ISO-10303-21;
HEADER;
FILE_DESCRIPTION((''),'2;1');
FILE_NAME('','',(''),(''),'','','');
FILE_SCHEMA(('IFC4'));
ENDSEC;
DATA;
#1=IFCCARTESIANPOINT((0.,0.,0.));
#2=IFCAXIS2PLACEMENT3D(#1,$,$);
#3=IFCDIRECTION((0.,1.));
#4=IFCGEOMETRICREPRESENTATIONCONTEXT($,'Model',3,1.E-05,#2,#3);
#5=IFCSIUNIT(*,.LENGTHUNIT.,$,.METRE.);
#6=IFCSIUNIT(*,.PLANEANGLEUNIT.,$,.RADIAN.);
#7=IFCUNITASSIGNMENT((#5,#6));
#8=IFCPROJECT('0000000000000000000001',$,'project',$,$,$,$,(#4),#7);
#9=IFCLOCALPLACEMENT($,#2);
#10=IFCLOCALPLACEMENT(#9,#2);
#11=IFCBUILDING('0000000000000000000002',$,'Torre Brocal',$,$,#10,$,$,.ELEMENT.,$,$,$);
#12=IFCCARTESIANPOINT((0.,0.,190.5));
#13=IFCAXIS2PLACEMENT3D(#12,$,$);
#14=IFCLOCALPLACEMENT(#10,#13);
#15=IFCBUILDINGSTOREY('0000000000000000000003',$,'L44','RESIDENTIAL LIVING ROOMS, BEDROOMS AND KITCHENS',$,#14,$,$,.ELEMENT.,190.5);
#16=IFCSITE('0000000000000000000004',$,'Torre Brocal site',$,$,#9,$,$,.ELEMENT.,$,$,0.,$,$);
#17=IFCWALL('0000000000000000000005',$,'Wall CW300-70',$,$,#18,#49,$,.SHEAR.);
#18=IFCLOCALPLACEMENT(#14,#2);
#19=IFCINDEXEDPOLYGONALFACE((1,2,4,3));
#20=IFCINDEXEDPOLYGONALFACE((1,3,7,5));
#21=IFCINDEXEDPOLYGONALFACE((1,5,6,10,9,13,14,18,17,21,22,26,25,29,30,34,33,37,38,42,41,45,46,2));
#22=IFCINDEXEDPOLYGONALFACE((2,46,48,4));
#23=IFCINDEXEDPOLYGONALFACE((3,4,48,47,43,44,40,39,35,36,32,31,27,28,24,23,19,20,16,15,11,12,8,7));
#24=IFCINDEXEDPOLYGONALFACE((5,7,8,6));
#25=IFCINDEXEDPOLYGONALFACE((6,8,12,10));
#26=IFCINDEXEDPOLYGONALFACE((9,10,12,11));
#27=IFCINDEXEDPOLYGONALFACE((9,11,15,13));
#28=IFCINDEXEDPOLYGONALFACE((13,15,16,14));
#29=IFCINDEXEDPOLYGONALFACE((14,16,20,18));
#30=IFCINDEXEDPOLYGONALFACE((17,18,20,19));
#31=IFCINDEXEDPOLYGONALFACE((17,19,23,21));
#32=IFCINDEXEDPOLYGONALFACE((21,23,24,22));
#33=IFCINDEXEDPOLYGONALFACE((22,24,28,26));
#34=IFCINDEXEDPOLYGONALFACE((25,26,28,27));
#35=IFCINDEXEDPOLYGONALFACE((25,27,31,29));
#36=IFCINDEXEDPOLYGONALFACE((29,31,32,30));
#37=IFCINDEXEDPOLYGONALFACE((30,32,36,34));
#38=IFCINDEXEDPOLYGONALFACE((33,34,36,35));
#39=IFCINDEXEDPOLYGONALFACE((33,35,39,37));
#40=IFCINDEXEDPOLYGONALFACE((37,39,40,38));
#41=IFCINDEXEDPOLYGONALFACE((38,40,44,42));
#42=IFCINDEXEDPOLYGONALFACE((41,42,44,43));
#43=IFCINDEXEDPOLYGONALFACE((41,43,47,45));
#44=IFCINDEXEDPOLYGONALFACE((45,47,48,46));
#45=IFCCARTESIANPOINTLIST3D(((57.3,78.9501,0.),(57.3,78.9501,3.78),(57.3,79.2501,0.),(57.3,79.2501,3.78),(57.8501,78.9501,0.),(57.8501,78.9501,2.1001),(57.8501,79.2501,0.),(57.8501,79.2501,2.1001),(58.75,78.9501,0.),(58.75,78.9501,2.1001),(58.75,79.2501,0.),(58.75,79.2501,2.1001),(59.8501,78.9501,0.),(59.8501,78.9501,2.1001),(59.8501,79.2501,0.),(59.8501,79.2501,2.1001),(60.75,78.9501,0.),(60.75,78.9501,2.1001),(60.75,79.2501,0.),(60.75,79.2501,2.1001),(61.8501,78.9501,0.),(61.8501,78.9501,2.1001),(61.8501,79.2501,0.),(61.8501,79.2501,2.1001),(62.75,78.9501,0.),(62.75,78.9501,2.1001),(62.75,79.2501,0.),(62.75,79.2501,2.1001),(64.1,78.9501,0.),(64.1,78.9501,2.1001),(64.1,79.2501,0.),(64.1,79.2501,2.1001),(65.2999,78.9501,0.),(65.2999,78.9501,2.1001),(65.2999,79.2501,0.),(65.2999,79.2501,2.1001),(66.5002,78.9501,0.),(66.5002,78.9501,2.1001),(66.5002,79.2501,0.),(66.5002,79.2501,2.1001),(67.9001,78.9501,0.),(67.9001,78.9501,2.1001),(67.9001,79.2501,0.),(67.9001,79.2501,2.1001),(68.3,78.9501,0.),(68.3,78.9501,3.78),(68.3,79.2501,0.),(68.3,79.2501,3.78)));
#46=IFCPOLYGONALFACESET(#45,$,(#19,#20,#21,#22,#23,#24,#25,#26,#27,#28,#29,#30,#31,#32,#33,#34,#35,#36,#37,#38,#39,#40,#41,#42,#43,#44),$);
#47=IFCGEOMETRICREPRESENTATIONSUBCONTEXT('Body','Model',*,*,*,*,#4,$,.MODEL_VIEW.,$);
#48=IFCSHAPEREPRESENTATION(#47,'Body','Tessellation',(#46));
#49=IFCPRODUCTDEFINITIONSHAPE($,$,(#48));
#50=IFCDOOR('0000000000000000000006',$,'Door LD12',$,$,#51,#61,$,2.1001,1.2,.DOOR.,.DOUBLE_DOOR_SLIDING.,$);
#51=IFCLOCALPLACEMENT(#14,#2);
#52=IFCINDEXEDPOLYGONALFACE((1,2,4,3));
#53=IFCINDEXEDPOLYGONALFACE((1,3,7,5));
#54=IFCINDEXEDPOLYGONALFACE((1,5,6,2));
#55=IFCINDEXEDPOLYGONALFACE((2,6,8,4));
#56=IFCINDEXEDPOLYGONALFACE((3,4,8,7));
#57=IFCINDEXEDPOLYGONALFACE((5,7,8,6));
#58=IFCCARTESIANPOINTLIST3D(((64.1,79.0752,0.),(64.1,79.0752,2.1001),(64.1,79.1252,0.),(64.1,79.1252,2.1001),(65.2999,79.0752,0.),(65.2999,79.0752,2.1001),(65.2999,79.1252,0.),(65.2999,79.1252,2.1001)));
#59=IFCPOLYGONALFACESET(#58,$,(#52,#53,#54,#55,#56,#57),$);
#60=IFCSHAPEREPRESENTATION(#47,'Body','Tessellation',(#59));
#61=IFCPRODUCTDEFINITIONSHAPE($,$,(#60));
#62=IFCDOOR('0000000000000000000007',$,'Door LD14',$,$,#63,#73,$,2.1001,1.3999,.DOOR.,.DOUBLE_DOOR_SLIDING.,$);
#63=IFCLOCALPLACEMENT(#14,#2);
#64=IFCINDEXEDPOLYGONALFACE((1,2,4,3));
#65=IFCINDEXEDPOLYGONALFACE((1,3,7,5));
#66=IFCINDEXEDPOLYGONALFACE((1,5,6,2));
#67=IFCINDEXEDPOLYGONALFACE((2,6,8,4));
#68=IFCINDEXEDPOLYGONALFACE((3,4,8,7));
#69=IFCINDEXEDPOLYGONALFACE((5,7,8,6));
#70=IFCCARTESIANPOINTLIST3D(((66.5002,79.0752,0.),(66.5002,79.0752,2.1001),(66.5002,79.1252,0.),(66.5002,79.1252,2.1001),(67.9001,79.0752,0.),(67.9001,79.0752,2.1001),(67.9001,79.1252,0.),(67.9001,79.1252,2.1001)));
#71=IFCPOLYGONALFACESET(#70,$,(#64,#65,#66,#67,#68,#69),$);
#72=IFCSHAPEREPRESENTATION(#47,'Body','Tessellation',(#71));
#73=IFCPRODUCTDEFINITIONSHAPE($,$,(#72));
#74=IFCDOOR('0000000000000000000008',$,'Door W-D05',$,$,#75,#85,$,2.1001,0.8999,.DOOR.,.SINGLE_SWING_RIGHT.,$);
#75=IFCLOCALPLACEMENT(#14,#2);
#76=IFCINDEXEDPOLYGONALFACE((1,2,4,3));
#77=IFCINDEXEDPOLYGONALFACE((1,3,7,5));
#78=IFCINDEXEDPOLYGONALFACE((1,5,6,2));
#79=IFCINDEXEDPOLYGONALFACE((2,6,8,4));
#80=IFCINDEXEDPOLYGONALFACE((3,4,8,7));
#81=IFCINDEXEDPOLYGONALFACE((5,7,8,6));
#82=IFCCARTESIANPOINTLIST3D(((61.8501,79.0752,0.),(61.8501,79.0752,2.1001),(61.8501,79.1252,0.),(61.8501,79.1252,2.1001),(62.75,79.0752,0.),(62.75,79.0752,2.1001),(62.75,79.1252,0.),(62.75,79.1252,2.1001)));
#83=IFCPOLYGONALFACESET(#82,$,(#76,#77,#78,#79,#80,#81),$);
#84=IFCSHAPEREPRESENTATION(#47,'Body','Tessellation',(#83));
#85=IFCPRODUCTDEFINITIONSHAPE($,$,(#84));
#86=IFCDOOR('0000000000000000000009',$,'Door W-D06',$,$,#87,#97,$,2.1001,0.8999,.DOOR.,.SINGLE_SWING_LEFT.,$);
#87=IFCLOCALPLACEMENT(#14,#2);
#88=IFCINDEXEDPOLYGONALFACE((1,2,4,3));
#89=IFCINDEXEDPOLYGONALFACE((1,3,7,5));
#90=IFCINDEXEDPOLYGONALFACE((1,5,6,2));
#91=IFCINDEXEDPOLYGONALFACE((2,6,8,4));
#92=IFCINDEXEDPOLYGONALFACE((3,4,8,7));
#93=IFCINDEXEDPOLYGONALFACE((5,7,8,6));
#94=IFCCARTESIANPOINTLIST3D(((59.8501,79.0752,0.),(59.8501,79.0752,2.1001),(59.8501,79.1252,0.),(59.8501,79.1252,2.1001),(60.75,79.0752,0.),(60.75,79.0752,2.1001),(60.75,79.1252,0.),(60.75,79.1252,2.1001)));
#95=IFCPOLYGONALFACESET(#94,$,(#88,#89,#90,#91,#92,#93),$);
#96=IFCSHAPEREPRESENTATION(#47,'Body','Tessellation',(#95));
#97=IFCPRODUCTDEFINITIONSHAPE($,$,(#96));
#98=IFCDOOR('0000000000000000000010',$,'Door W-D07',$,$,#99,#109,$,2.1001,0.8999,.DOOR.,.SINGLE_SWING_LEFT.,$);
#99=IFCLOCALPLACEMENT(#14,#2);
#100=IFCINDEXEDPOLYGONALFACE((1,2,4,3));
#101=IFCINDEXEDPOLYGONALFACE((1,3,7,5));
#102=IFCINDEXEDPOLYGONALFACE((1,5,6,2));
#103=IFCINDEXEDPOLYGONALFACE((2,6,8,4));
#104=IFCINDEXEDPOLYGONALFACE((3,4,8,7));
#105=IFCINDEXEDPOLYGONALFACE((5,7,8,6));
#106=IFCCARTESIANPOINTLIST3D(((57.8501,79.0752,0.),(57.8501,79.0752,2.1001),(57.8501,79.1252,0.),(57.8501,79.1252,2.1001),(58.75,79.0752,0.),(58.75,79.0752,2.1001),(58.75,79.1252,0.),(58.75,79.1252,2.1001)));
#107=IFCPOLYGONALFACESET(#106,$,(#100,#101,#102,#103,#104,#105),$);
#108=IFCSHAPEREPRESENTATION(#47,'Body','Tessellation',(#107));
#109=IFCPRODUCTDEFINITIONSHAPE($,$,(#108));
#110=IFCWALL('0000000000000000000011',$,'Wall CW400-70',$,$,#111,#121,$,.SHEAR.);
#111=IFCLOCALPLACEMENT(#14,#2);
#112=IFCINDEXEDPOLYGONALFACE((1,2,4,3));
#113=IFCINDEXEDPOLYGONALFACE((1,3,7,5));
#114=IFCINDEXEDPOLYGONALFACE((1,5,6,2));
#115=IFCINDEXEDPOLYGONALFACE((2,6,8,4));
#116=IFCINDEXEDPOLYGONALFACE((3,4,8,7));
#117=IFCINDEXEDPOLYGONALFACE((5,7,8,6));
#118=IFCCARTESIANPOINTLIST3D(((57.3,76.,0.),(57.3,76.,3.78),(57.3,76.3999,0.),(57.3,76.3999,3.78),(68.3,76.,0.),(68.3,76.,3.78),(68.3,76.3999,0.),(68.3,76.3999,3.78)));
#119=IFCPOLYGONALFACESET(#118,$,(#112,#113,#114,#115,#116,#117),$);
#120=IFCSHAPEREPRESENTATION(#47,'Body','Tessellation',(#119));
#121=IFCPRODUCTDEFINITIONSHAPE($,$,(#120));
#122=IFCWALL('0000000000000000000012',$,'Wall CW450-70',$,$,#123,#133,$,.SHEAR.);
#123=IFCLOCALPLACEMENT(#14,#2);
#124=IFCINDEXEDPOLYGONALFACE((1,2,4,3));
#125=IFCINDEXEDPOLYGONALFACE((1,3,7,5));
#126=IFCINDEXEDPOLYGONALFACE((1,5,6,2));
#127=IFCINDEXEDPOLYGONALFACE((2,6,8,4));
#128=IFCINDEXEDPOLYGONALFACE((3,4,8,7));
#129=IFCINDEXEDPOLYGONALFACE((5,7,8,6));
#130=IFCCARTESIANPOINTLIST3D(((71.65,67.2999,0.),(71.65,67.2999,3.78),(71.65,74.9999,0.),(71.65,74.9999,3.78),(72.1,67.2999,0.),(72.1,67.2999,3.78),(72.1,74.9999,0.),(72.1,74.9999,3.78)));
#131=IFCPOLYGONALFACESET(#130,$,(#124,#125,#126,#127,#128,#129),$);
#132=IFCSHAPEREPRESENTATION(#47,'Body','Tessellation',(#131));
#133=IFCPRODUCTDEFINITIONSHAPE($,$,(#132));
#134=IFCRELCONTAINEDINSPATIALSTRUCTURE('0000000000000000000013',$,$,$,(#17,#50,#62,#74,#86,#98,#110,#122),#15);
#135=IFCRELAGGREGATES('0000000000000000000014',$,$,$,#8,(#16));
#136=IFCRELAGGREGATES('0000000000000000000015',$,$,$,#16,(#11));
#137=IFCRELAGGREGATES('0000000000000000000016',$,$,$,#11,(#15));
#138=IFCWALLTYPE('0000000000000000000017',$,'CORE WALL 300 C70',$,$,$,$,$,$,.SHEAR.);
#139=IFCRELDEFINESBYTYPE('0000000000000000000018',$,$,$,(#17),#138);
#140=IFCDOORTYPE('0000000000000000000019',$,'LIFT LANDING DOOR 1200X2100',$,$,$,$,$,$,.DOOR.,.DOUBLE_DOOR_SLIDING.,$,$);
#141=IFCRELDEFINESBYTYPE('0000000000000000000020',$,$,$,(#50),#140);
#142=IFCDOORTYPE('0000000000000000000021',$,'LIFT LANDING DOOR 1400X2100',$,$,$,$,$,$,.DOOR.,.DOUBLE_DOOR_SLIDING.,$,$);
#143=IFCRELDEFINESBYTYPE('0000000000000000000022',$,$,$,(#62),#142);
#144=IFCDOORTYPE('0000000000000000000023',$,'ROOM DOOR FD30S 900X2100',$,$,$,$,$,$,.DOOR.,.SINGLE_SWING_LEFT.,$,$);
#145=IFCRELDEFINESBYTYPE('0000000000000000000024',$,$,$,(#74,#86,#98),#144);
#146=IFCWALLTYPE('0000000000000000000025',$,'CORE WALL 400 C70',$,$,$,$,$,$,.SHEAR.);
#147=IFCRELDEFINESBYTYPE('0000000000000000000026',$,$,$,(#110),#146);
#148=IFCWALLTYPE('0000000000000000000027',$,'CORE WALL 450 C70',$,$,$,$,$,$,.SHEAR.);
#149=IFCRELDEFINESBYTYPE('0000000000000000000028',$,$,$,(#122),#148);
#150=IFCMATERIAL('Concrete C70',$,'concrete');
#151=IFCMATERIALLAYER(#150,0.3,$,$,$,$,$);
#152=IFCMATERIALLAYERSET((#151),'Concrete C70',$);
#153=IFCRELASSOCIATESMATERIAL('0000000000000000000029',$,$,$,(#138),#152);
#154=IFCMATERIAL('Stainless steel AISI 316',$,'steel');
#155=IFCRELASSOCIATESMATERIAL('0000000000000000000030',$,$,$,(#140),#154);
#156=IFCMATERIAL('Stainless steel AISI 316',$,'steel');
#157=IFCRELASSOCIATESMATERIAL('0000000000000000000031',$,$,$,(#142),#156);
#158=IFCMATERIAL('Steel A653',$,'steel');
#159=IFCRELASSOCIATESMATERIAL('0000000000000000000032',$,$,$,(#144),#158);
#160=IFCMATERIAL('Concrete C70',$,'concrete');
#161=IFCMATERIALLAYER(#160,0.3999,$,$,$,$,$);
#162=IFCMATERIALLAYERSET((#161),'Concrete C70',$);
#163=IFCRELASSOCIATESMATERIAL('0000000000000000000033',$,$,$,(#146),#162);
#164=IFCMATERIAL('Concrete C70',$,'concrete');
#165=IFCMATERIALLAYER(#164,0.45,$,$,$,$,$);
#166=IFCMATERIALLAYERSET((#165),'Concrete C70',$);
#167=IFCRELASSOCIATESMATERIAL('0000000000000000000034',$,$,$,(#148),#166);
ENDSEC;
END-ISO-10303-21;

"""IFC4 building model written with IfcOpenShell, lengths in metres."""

from ifc_helpers import new_model, si_unit, direction, frame, frame_2d, origin, place, context, subcontext, project, spatial, rectangle, extrude, material, layer, layer_set, type_object, element, fill, save


model = new_model("IFC4")

# Units and contexts
model_context = context("Model", 3, precision=1e-05, world=origin(), true_north=direction((0.0, 1.0)))
body_context = subcontext(model_context, "Body", "Model", "MODEL_VIEW")
ifc_project = project(units=[si_unit("LENGTHUNIT", "METRE"), si_unit("PLANEANGLEUNIT", "RADIAN")], contexts=[model_context])

# Site, building, storey
site_placement = place(None, origin())
site = spatial("IfcSite", under=ifc_project, at=site_placement, Name="Torre Brocal site", CompositionType="ELEMENT", RefElevation=0.0)
building_placement = place(site_placement, origin())
building = spatial("IfcBuilding", under=site, at=building_placement, Name="Torre Brocal", CompositionType="ELEMENT")
storey_placement = place(building_placement, frame((0.0, 0.0, 190.5)))
storey = spatial("IfcBuildingStorey", under=building, at=storey_placement, Name="L44", Description="RESIDENTIAL LIVING ROOMS, BEDROOMS AND KITCHENS", CompositionType="ELEMENT", Elevation=190.5)

# Shared definitions
ifc_material_1 = material(Name="Concrete C70", Category="concrete")
ifc_layer_1 = layer(ifc_material_1, 0.3)
ifc_layer_set_1 = layer_set([ifc_layer_1], Name="Concrete C70")
wall_type_1 = type_object("IfcWallType", Name="CORE WALL 300 C70", PredefinedType="SHEAR", material=ifc_layer_set_1)

# Wall, openings, doors
wall_1_placement = place(storey_placement, frame((68.3, 79.1001, 0.0), z_axis=(0.0, 0.0, 1.0), x_axis=(-1.0, 0.0, 0.0)))
wall_1 = element("IfcWall", 1, at=wall_1_placement, inside=storey, type_object=wall_type_1, Name="Wall CW300-70", PredefinedType="SHEAR", context=body_context, shape_type="SweptSolid", body=[
    extrude(rectangle(XDim=11.0, YDim=0.3, at=frame_2d((5.5, 0.0))), origin(), (0.0, 0.0, 1.0), 3.78),
])
opening_1_placement = place(wall_1_placement, frame((0.3999, 0.0, 0.0)))
opening_1 = element("IfcOpeningElement", 2, at=opening_1_placement, cuts=wall_1, PredefinedType="OPENING", context=body_context, shape_type="SweptSolid", body=[
    extrude(rectangle(XDim=1.3999, YDim=2.1001, at=frame_2d((0.7, 1.05))), frame((0.0, 0.1599, 0.0), z_axis=(0.0, -1.0, 0.0), x_axis=(1.0, 0.0, 0.0)), (0.0, 0.0, 1.0), 0.3201),
])
opening_2_placement = place(wall_1_placement, frame((3.0, 0.0, 0.0)))
opening_2 = element("IfcOpeningElement", 3, at=opening_2_placement, cuts=wall_1, PredefinedType="OPENING", context=body_context, shape_type="SweptSolid", body=[
    extrude(rectangle(XDim=1.2, YDim=2.1001, at=frame_2d((0.6001, 1.05))), frame((0.0, 0.1599, 0.0), z_axis=(0.0, -1.0, 0.0), x_axis=(1.0, 0.0, 0.0)), (0.0, 0.0, 1.0), 0.3201),
])
opening_3_placement = place(wall_1_placement, frame((5.55, 0.0, 0.0)))
opening_3 = element("IfcOpeningElement", 4, at=opening_3_placement, cuts=wall_1, PredefinedType="OPENING", context=body_context, shape_type="SweptSolid", body=[
    extrude(rectangle(XDim=0.8999, YDim=2.1001, at=frame_2d((0.45, 1.05))), frame((0.0, 0.1599, 0.0), z_axis=(0.0, -1.0, 0.0), x_axis=(1.0, 0.0, 0.0)), (0.0, 0.0, 1.0), 0.3201),
])
opening_4_placement = place(wall_1_placement, frame((7.55, 0.0, 0.0)))
opening_4 = element("IfcOpeningElement", 5, at=opening_4_placement, cuts=wall_1, PredefinedType="OPENING", context=body_context, shape_type="SweptSolid", body=[
    extrude(rectangle(XDim=0.8999, YDim=2.1001, at=frame_2d((0.45, 1.05))), frame((0.0, 0.1599, 0.0), z_axis=(0.0, -1.0, 0.0), x_axis=(1.0, 0.0, 0.0)), (0.0, 0.0, 1.0), 0.3201),
])
opening_5_placement = place(wall_1_placement, frame((9.55, 0.0, 0.0)))
opening_5 = element("IfcOpeningElement", 6, at=opening_5_placement, cuts=wall_1, PredefinedType="OPENING", context=body_context, shape_type="SweptSolid", body=[
    extrude(rectangle(XDim=0.8999, YDim=2.1001, at=frame_2d((0.45, 1.05))), frame((0.0, 0.1599, 0.0), z_axis=(0.0, -1.0, 0.0), x_axis=(1.0, 0.0, 0.0)), (0.0, 0.0, 1.0), 0.3201),
])
ifc_material_2 = material(Name="Stainless steel AISI 316", Category="steel")
door_type_1 = type_object("IfcDoorType", Name="LIFT LANDING DOOR 1200X2100", OperationType="DOUBLE_DOOR_SLIDING", PredefinedType="DOOR", material=ifc_material_2)
door_1_placement = place(opening_2_placement, origin())
door_1 = element("IfcDoor", 7, at=door_1_placement, inside=storey, type_object=door_type_1, Name="Door LD12", OperationType="DOUBLE_DOOR_SLIDING", OverallHeight=2.1001, OverallWidth=1.2, PredefinedType="DOOR", context=body_context, shape_type="SweptSolid", body=[
    extrude(rectangle(XDim=1.2, YDim=2.1001, at=frame_2d((0.6001, 1.05))), frame((0.0, 0.0249, 0.0), z_axis=(0.0, -1.0, 0.0), x_axis=(1.0, 0.0, 0.0)), (0.0, 0.0, 1.0), 0.05),
])
fill(opening_2, door_1)
ifc_material_3 = material(Name="Stainless steel AISI 316", Category="steel")
door_type_2 = type_object("IfcDoorType", Name="LIFT LANDING DOOR 1400X2100", OperationType="DOUBLE_DOOR_SLIDING", PredefinedType="DOOR", material=ifc_material_3)
door_2_placement = place(opening_1_placement, origin())
door_2 = element("IfcDoor", 8, at=door_2_placement, inside=storey, type_object=door_type_2, Name="Door LD14", OperationType="DOUBLE_DOOR_SLIDING", OverallHeight=2.1001, OverallWidth=1.3999, PredefinedType="DOOR", context=body_context, shape_type="SweptSolid", body=[
    extrude(rectangle(XDim=1.3999, YDim=2.1001, at=frame_2d((0.7, 1.05))), frame((0.0, 0.0249, 0.0), z_axis=(0.0, -1.0, 0.0), x_axis=(1.0, 0.0, 0.0)), (0.0, 0.0, 1.0), 0.05),
])
fill(opening_1, door_2)
ifc_material_4 = material(Name="Steel A653", Category="steel")
door_type_3 = type_object("IfcDoorType", Name="ROOM DOOR FD30S 900X2100", OperationType="SINGLE_SWING_LEFT", PredefinedType="DOOR", material=ifc_material_4)
door_3_placement = place(opening_3_placement, origin())
door_3 = element("IfcDoor", 9, at=door_3_placement, inside=storey, type_object=door_type_3, Name="Door W-D05", OperationType="SINGLE_SWING_RIGHT", OverallHeight=2.1001, OverallWidth=0.8999, PredefinedType="DOOR", context=body_context, shape_type="SweptSolid", body=[
    extrude(rectangle(XDim=0.8999, YDim=2.1001, at=frame_2d((0.45, 1.05))), frame((0.0, 0.0249, 0.0), z_axis=(0.0, -1.0, 0.0), x_axis=(1.0, 0.0, 0.0)), (0.0, 0.0, 1.0), 0.05),
])
fill(opening_3, door_3)
door_4_placement = place(opening_4_placement, origin())
door_4 = element("IfcDoor", 10, at=door_4_placement, inside=storey, type_object=door_type_3, Name="Door W-D06", OperationType="SINGLE_SWING_LEFT", OverallHeight=2.1001, OverallWidth=0.8999, PredefinedType="DOOR", context=body_context, shape_type="SweptSolid", body=[
    extrude(rectangle(XDim=0.8999, YDim=2.1001, at=frame_2d((0.45, 1.05))), frame((0.0, 0.0249, 0.0), z_axis=(0.0, -1.0, 0.0), x_axis=(1.0, 0.0, 0.0)), (0.0, 0.0, 1.0), 0.05),
])
fill(opening_4, door_4)
door_5_placement = place(opening_5_placement, origin())
door_5 = element("IfcDoor", 11, at=door_5_placement, inside=storey, type_object=door_type_3, Name="Door W-D07", OperationType="SINGLE_SWING_LEFT", OverallHeight=2.1001, OverallWidth=0.8999, PredefinedType="DOOR", context=body_context, shape_type="SweptSolid", body=[
    extrude(rectangle(XDim=0.8999, YDim=2.1001, at=frame_2d((0.45, 1.05))), frame((0.0, 0.0249, 0.0), z_axis=(0.0, -1.0, 0.0), x_axis=(1.0, 0.0, 0.0)), (0.0, 0.0, 1.0), 0.05),
])
fill(opening_5, door_5)

# Walls
ifc_material_5 = material(Name="Concrete C70", Category="concrete")
ifc_layer_2 = layer(ifc_material_5, 0.3999)
ifc_layer_set_2 = layer_set([ifc_layer_2], Name="Concrete C70")
wall_type_2 = type_object("IfcWallType", Name="CORE WALL 400 C70", PredefinedType="SHEAR", material=ifc_layer_set_2)
wall_2_placement = place(storey_placement, frame((68.3, 76.2, 0.0), z_axis=(0.0, 0.0, 1.0), x_axis=(-1.0, 0.0, 0.0)))
element("IfcWall", 12, at=wall_2_placement, inside=storey, type_object=wall_type_2, Name="Wall CW400-70", PredefinedType="SHEAR", context=body_context, shape_type="SweptSolid", body=[
    extrude(rectangle(XDim=11.0, YDim=0.3999, at=frame_2d((5.5, 0.0))), origin(), (0.0, 0.0, 1.0), 3.78),
])
ifc_material_6 = material(Name="Concrete C70", Category="concrete")
ifc_layer_3 = layer(ifc_material_6, 0.45)
ifc_layer_set_3 = layer_set([ifc_layer_3], Name="Concrete C70")
wall_type_3 = type_object("IfcWallType", Name="CORE WALL 450 C70", PredefinedType="SHEAR", material=ifc_layer_set_3)
wall_3_placement = place(storey_placement, frame((71.875, 75.0, 0.0), z_axis=(0.0, 0.0, 1.0), x_axis=(0.0, -1.0, 0.0)))
element("IfcWall", 13, at=wall_3_placement, inside=storey, type_object=wall_type_3, Name="Wall CW450-70", PredefinedType="SHEAR", context=body_context, shape_type="SweptSolid", body=[
    extrude(rectangle(XDim=7.7, YDim=0.45, at=frame_2d((3.8501, 0.0))), origin(), (0.0, 0.0, 1.0), 3.78),
])

save(model, "model.ifc")
